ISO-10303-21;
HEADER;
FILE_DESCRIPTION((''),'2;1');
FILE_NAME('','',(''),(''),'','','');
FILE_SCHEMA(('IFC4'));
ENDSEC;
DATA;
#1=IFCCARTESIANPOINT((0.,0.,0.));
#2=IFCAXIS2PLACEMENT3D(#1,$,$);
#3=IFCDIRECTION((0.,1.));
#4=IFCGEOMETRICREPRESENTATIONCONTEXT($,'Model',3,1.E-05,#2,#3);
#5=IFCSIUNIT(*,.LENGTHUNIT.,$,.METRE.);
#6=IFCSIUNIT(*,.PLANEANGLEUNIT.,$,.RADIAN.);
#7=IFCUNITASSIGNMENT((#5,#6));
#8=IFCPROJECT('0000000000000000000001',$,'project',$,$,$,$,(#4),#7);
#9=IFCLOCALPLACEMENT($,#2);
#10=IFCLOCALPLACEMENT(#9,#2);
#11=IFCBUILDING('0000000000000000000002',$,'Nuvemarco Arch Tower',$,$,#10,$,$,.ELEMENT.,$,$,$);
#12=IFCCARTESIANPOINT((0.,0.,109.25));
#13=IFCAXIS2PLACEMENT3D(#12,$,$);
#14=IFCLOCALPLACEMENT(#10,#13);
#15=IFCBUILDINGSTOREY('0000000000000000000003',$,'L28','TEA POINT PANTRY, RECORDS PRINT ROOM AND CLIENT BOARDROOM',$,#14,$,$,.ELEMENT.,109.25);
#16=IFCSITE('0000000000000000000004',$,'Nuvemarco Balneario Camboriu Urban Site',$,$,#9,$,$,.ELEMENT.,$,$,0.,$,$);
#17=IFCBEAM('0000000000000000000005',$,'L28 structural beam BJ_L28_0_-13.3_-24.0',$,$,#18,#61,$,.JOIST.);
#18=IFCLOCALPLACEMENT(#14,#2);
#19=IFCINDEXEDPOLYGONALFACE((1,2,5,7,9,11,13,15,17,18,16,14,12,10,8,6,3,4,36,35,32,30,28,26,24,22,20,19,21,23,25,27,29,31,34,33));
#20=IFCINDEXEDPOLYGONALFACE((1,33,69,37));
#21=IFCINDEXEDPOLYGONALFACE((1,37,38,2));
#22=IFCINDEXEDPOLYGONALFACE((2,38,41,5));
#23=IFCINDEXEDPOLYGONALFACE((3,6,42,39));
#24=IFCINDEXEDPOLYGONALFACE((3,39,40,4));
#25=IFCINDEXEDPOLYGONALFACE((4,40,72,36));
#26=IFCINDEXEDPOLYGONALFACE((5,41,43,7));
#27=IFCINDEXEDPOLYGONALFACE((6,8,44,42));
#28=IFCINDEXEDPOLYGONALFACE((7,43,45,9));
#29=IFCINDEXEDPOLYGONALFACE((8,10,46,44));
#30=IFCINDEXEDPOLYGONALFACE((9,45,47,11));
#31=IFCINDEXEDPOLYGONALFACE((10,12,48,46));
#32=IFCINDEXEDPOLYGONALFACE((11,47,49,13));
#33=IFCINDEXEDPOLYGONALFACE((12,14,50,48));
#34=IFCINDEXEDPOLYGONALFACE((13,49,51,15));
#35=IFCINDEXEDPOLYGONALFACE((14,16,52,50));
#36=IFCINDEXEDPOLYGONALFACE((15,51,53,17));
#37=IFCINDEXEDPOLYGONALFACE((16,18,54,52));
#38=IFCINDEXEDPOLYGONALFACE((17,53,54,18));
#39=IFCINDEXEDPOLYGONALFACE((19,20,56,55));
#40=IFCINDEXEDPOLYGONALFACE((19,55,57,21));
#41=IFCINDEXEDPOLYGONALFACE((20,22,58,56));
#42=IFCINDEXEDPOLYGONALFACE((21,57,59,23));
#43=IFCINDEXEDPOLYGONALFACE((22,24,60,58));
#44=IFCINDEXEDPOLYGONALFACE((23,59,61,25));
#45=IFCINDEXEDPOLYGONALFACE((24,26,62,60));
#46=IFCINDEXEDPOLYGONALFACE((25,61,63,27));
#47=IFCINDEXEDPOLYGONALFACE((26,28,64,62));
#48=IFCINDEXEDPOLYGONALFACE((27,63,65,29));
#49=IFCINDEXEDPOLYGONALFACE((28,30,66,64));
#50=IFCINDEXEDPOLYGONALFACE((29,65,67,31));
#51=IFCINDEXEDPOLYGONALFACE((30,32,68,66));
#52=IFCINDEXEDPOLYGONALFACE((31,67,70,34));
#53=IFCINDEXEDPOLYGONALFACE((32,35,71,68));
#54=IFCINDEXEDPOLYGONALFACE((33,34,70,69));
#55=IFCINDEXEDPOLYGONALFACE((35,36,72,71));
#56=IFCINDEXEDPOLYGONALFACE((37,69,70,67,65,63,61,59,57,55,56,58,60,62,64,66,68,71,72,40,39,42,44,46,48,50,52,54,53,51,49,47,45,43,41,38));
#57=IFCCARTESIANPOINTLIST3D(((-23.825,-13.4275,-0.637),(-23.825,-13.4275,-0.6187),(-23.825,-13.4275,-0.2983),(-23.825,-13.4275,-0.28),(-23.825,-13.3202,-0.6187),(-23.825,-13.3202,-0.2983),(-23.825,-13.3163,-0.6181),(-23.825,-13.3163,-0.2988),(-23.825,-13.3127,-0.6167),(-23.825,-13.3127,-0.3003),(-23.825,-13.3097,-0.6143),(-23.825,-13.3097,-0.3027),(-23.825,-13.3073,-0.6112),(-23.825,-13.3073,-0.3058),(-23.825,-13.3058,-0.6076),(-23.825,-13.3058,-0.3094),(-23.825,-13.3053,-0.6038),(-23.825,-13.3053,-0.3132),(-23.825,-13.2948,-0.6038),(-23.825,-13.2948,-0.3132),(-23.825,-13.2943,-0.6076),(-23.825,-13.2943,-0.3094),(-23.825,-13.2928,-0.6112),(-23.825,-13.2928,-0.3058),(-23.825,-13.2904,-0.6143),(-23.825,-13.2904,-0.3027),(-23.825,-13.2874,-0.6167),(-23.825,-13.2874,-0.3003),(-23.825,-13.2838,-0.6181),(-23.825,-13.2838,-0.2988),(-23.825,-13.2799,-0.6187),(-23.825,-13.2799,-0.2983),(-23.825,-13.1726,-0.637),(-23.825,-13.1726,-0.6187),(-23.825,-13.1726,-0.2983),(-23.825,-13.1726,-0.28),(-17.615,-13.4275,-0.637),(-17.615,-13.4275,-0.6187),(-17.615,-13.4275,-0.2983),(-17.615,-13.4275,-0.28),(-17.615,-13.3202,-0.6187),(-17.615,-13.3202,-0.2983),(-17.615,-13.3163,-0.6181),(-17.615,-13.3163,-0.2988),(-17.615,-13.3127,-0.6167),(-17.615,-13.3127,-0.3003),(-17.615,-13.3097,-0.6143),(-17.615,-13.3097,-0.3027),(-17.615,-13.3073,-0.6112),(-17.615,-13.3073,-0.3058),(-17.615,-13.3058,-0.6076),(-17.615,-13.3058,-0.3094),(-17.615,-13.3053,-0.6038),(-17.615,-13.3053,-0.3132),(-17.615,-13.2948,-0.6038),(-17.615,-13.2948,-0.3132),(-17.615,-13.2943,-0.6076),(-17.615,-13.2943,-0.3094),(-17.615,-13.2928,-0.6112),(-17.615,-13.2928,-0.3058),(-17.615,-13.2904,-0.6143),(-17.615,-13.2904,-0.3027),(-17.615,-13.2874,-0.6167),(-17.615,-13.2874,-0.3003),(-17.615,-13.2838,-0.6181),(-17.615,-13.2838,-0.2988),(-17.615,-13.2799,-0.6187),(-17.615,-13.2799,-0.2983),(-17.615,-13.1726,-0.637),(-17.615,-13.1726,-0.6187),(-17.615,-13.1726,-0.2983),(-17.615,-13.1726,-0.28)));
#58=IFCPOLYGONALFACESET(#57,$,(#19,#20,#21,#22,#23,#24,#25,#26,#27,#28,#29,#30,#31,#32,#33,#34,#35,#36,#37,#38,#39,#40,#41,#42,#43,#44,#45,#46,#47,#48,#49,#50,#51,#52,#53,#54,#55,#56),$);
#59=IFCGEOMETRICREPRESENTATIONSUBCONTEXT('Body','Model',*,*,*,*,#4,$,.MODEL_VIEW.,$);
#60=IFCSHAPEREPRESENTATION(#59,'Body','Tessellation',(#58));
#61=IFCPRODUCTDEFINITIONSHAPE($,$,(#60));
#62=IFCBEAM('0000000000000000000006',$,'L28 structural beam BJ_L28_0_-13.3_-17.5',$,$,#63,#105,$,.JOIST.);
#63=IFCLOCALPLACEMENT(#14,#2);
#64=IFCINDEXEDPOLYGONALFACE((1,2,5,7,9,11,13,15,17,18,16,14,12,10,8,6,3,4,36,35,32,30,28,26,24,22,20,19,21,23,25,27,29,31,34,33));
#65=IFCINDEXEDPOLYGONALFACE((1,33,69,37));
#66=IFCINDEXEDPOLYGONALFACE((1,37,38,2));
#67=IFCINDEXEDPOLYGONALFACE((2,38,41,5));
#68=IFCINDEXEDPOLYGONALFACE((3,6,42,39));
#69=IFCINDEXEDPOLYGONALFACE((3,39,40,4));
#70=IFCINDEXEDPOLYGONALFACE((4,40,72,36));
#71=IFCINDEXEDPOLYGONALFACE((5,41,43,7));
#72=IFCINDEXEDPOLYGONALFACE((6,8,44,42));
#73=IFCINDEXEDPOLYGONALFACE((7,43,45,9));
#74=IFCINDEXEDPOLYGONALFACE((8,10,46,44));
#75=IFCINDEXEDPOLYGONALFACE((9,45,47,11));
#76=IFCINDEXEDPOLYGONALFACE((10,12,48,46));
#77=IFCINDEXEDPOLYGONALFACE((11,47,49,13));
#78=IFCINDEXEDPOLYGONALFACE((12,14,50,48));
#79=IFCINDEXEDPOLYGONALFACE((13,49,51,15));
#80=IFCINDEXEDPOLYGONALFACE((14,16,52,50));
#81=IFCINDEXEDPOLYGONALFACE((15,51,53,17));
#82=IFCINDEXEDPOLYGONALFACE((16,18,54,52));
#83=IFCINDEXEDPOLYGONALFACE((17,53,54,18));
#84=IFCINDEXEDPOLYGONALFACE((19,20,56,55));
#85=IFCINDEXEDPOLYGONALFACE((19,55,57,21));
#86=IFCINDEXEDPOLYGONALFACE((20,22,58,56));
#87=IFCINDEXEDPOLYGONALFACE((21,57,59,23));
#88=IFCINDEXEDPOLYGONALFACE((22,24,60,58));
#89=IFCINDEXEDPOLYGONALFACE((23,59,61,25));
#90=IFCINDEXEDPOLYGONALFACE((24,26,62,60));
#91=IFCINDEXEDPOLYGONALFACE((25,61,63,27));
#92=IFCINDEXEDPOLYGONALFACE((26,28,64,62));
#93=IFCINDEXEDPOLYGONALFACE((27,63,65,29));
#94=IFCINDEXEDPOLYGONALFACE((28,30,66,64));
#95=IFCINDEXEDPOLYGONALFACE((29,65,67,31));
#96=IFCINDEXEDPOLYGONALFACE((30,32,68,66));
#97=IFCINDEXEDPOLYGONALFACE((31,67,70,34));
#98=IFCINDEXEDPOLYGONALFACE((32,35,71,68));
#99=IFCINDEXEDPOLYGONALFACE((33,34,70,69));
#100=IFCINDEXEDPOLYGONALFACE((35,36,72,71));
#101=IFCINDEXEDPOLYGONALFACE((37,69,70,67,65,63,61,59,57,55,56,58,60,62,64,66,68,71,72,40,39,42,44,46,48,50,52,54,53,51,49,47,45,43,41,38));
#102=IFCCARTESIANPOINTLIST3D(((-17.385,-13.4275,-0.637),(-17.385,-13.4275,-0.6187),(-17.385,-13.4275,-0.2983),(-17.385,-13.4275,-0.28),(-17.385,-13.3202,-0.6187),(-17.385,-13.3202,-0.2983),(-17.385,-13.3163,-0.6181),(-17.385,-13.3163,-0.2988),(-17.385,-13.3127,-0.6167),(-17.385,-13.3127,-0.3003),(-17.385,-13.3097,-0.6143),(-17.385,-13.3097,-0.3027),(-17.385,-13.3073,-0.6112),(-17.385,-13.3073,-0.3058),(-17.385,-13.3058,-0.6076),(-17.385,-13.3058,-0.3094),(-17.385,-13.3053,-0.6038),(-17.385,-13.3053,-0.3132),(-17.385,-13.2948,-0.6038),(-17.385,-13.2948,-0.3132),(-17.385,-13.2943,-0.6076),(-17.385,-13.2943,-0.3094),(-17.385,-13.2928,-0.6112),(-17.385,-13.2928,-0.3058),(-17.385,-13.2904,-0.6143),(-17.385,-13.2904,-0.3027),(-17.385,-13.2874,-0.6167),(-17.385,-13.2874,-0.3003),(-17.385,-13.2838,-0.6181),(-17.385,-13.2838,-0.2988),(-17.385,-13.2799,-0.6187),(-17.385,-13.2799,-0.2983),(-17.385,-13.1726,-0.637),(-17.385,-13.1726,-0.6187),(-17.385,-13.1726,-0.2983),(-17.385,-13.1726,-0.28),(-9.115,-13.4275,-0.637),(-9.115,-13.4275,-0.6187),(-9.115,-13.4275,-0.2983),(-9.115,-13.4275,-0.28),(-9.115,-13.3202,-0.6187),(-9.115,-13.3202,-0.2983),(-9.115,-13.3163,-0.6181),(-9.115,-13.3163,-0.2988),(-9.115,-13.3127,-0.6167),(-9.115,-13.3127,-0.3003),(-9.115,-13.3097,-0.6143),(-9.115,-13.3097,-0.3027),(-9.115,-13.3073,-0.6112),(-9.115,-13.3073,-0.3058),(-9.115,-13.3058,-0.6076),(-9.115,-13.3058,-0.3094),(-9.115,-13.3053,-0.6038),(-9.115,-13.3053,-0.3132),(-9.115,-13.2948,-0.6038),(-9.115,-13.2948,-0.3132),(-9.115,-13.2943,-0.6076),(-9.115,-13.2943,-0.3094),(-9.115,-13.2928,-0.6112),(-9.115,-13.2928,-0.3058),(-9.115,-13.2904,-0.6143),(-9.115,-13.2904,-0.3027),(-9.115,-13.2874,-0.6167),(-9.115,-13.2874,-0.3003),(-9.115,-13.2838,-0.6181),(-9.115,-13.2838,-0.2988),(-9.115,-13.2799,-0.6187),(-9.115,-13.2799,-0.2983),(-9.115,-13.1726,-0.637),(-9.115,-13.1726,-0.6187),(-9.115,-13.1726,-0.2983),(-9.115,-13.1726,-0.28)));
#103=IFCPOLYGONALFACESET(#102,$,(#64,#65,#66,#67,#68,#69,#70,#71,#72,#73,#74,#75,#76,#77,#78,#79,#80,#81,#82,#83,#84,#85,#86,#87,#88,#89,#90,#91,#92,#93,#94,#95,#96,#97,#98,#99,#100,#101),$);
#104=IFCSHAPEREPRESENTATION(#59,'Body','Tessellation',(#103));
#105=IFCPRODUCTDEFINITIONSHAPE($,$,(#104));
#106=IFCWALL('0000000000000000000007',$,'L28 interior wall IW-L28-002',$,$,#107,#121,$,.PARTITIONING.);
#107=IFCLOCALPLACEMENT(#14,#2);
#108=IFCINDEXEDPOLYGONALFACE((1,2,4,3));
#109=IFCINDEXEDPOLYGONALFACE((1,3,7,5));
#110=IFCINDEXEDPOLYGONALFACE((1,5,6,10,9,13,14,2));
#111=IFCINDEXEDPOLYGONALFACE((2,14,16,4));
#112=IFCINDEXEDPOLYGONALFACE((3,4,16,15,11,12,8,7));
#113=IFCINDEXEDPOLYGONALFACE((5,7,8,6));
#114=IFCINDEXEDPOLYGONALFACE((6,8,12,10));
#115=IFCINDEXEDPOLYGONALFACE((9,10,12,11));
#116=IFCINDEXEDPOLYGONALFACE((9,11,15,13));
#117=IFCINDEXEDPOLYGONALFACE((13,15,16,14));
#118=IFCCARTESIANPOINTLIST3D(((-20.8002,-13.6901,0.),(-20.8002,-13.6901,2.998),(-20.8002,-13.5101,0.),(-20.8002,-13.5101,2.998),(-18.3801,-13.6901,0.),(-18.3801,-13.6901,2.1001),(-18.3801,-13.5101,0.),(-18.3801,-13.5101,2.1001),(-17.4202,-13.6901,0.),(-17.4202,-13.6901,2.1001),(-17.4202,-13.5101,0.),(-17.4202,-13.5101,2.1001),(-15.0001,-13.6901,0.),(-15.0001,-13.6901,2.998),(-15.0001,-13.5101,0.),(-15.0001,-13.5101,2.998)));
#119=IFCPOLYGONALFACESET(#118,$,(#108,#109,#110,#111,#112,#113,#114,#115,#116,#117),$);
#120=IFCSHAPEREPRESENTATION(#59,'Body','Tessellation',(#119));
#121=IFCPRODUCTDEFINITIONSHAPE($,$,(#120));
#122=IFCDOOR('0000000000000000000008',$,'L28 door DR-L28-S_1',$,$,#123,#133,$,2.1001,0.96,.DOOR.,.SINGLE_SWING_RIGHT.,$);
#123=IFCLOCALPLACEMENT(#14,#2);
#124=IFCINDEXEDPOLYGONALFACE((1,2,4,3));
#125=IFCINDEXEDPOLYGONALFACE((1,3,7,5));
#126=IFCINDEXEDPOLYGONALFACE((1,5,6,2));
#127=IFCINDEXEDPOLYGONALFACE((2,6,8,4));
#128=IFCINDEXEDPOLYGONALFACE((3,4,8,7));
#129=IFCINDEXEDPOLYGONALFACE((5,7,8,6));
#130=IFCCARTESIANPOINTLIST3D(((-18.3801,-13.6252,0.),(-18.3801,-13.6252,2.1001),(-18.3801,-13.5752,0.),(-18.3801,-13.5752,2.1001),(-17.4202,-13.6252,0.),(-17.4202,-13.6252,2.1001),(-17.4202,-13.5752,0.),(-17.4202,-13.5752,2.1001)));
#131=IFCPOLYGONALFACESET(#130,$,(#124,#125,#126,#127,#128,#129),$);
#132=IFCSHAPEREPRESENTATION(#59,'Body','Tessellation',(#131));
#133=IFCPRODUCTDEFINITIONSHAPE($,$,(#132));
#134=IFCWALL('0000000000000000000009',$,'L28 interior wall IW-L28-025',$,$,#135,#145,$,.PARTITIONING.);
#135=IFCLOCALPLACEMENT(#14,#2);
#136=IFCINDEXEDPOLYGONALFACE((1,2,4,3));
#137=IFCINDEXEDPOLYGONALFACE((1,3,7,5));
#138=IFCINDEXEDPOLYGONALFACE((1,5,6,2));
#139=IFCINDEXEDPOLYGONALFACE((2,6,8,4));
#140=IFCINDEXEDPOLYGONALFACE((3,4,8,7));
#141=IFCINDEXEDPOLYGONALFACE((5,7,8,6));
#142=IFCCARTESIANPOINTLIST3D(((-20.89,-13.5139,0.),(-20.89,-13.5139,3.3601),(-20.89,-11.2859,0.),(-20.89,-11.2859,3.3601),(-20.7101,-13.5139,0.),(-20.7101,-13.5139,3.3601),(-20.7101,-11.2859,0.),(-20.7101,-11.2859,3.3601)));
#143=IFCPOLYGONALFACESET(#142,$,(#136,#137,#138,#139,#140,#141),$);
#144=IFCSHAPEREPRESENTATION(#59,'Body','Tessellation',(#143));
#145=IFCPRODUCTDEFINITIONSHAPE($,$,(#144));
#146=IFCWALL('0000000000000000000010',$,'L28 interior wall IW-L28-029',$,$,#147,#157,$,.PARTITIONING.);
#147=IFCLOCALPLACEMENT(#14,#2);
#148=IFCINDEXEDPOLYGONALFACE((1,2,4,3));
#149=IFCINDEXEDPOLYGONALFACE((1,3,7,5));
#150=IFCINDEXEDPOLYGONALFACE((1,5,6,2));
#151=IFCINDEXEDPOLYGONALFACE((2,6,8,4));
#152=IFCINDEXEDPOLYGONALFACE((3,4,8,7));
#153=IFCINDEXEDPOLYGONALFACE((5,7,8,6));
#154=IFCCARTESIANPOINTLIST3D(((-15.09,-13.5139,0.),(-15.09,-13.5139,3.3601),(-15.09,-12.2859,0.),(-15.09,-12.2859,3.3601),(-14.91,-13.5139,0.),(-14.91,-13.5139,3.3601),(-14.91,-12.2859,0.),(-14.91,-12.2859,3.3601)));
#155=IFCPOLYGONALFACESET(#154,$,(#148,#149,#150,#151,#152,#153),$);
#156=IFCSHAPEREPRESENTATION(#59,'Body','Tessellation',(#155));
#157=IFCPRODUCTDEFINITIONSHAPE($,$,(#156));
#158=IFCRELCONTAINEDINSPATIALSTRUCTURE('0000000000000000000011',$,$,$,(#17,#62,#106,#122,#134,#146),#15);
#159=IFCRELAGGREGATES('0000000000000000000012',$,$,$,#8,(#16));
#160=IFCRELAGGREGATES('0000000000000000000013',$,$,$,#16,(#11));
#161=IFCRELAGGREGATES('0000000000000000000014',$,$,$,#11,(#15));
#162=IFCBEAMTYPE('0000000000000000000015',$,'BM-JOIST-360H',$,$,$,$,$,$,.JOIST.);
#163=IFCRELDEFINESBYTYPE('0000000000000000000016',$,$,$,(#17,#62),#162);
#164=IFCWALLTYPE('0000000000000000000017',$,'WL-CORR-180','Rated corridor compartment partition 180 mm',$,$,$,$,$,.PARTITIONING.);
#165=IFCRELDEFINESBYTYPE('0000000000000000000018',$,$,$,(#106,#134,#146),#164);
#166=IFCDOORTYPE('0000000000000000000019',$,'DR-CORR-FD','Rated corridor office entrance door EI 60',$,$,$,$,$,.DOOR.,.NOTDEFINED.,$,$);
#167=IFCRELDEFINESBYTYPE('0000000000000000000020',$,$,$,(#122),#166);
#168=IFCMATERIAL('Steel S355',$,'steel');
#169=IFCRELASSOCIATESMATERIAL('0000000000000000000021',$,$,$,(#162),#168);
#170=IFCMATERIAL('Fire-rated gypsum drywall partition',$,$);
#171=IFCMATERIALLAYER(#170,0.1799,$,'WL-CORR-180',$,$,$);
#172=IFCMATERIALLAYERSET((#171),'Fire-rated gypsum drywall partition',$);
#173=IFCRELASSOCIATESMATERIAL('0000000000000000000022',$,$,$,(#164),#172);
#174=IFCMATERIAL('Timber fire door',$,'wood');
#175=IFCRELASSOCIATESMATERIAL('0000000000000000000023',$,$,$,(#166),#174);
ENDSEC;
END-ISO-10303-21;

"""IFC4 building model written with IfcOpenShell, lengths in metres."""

from ifc_helpers import new_model, si_unit, direction, frame, frame_2d, origin, origin_2d, place, context, subcontext, project, spatial, rectangle, i_section, extrude, source, transform, mapped, material, layer, layer_set, material_profile, profile_set, type_object, type_shapes, element, fill, save


model = new_model("IFC4")

# Units and contexts
model_context = context("Model", 3, precision=1e-05, world=origin(), true_north=direction((0.0, 1.0)))
body_context = subcontext(model_context, "Body", "Model", "MODEL_VIEW")
ifc_project = project(units=[si_unit("LENGTHUNIT", "METRE"), si_unit("PLANEANGLEUNIT", "RADIAN")], contexts=[model_context])

# Site, building, storey
site_placement = place(None, origin())
site = spatial("IfcSite", under=ifc_project, at=site_placement, Name="Nuvemarco Balneario Camboriu Urban Site", CompositionType="ELEMENT", RefElevation=0.0)
building_placement = place(site_placement, origin())
building = spatial("IfcBuilding", under=site, at=building_placement, Name="Nuvemarco Arch Tower", CompositionType="ELEMENT")
storey_placement = place(building_placement, frame((0.0, 0.0, 109.25)))
storey = spatial("IfcBuildingStorey", under=building, at=storey_placement, Name="L28", Description="TEA POINT PANTRY, RECORDS PRINT ROOM AND CLIENT BOARDROOM", CompositionType="ELEMENT", Elevation=109.25)

# Shared definitions
ifc_material_1 = material(Name="Steel S355", Category="steel")

# Beams
ifc_material_profile_1 = material_profile(ifc_material_1, i_section(OverallWidth=0.2549, OverallDepth=0.3569, WebThickness=0.0105, FlangeThickness=0.0183, FilletRadius=0.0149, at=origin_2d()), Name="W360x101")
ifc_profile_set_1 = profile_set([ifc_material_profile_1], Name="Steel S355")
beam_type_1 = type_object("IfcBeamType", Name="BM-JOIST-360H", PredefinedType="JOIST", material=ifc_profile_set_1)
beam_1_placement = place(storey_placement, frame((-23.825, -13.3, -0.4585), z_axis=(1.0, 0.0, 0.0), x_axis=(0.0, 1.0, 0.0)))
element("IfcBeam", 1, at=beam_1_placement, inside=storey, type_object=beam_type_1, Name="L28 structural beam BJ_L28_0_-13.3_-24.0", PredefinedType="JOIST", context=body_context, shape_type="SweptSolid", body=[
    extrude(i_section(OverallWidth=0.2549, OverallDepth=0.3569, WebThickness=0.0105, FlangeThickness=0.0183, FilletRadius=0.0149, at=origin_2d()), origin(), (0.0, 0.0, 1.0), 6.21),
])
beam_2_placement = place(storey_placement, frame((-17.385, -13.3, -0.4585), z_axis=(1.0, 0.0, 0.0), x_axis=(0.0, 1.0, 0.0)))
element("IfcBeam", 2, at=beam_2_placement, inside=storey, type_object=beam_type_1, Name="L28 structural beam BJ_L28_0_-13.3_-17.5", PredefinedType="JOIST", context=body_context, shape_type="SweptSolid", body=[
    extrude(i_section(OverallWidth=0.2549, OverallDepth=0.3569, WebThickness=0.0105, FlangeThickness=0.0183, FilletRadius=0.0149, at=origin_2d()), origin(), (0.0, 0.0, 1.0), 8.27),
])

# Wall, opening, door
ifc_material_2 = material(Name="Fire-rated gypsum drywall partition")
ifc_layer = layer(ifc_material_2, 0.1799, Name="WL-CORR-180")
ifc_layer_set = layer_set([ifc_layer], Name="Fire-rated gypsum drywall partition")
wall_type = type_object("IfcWallType", Name="WL-CORR-180", Description="Rated corridor compartment partition 180 mm", PredefinedType="PARTITIONING", material=ifc_layer_set)
wall_1_placement = place(storey_placement, frame((-20.8, -13.6001, 0.0), z_axis=(0.0, 0.0, 1.0), x_axis=(1.0, 0.0, 0.0)))
wall_1 = element("IfcWall", 3, at=wall_1_placement, inside=storey, type_object=wall_type, Name="L28 interior wall IW-L28-002", PredefinedType="PARTITIONING", context=body_context, shape_type="SweptSolid", body=[
    extrude(rectangle(XDim=5.8, YDim=0.1799, at=frame_2d((2.8999, 0.0))), origin(), (0.0, 0.0, 1.0), 2.998),
])
opening_placement = place(wall_1_placement, frame((2.4199, 0.0, 0.0)))
opening = element("IfcOpeningElement", 4, at=opening_placement, cuts=wall_1, PredefinedType="OPENING", context=body_context, shape_type="SweptSolid", body=[
    extrude(rectangle(XDim=0.96, YDim=2.1001, at=frame_2d((0.48, 1.05))), frame((0.0, 0.0999, 0.0), z_axis=(0.0, -1.0, 0.0), x_axis=(1.0, 0.0, 0.0)), (0.0, 0.0, 1.0), 0.2),
])
ifc_material_3 = material(Name="Timber fire door", Category="wood")
door_type = type_object("IfcDoorType", Name="DR-CORR-FD", Description="Rated corridor office entrance door EI 60", OperationType="NOTDEFINED", PredefinedType="DOOR", material=ifc_material_3)
shared_shape = source(origin(), body_context, "Body", "SweptSolid", [
    extrude(rectangle(XDim=0.96, YDim=2.1001, at=frame_2d((0.48, 1.05))), frame((0.0, 0.0249, 0.0), z_axis=(0.0, -1.0, 0.0), x_axis=(1.0, 0.0, 0.0)), (0.0, 0.0, 1.0), 0.05),
])
type_shapes(door_type, [shared_shape])
door_placement = place(opening_placement, origin())
door = element("IfcDoor", 5, at=door_placement, inside=storey, type_object=door_type, Name="L28 door DR-L28-S_1", OperationType="SINGLE_SWING_RIGHT", OverallHeight=2.1001, OverallWidth=0.96, PredefinedType="DOOR", context=body_context, shape_type="MappedRepresentation", body=[
    mapped(shared_shape, transform((0.0, 0.0, 0.0), scale=1.0)),
])
fill(opening, door)

# Walls
wall_2_placement = place(storey_placement, frame((-20.8, -13.5139, 0.0), z_axis=(0.0, 0.0, 1.0), x_axis=(0.0, 1.0, 0.0)))
element("IfcWall", 6, at=wall_2_placement, inside=storey, type_object=wall_type, Name="L28 interior wall IW-L28-025", PredefinedType="PARTITIONING", context=body_context, shape_type="SweptSolid", body=[
    extrude(rectangle(XDim=2.228, YDim=0.1799, at=frame_2d((1.114, 0.0))), origin(), (0.0, 0.0, 1.0), 3.3601),
])
wall_3_placement = place(storey_placement, frame((-15.0, -13.5139, 0.0), z_axis=(0.0, 0.0, 1.0), x_axis=(0.0, 1.0, 0.0)))
element("IfcWall", 7, at=wall_3_placement, inside=storey, type_object=wall_type, Name="L28 interior wall IW-L28-029", PredefinedType="PARTITIONING", context=body_context, shape_type="SweptSolid", body=[
    extrude(rectangle(XDim=1.228, YDim=0.1799, at=frame_2d((0.614, 0.0))), origin(), (0.0, 0.0, 1.0), 3.3601),
])

save(model, "model.ifc")
